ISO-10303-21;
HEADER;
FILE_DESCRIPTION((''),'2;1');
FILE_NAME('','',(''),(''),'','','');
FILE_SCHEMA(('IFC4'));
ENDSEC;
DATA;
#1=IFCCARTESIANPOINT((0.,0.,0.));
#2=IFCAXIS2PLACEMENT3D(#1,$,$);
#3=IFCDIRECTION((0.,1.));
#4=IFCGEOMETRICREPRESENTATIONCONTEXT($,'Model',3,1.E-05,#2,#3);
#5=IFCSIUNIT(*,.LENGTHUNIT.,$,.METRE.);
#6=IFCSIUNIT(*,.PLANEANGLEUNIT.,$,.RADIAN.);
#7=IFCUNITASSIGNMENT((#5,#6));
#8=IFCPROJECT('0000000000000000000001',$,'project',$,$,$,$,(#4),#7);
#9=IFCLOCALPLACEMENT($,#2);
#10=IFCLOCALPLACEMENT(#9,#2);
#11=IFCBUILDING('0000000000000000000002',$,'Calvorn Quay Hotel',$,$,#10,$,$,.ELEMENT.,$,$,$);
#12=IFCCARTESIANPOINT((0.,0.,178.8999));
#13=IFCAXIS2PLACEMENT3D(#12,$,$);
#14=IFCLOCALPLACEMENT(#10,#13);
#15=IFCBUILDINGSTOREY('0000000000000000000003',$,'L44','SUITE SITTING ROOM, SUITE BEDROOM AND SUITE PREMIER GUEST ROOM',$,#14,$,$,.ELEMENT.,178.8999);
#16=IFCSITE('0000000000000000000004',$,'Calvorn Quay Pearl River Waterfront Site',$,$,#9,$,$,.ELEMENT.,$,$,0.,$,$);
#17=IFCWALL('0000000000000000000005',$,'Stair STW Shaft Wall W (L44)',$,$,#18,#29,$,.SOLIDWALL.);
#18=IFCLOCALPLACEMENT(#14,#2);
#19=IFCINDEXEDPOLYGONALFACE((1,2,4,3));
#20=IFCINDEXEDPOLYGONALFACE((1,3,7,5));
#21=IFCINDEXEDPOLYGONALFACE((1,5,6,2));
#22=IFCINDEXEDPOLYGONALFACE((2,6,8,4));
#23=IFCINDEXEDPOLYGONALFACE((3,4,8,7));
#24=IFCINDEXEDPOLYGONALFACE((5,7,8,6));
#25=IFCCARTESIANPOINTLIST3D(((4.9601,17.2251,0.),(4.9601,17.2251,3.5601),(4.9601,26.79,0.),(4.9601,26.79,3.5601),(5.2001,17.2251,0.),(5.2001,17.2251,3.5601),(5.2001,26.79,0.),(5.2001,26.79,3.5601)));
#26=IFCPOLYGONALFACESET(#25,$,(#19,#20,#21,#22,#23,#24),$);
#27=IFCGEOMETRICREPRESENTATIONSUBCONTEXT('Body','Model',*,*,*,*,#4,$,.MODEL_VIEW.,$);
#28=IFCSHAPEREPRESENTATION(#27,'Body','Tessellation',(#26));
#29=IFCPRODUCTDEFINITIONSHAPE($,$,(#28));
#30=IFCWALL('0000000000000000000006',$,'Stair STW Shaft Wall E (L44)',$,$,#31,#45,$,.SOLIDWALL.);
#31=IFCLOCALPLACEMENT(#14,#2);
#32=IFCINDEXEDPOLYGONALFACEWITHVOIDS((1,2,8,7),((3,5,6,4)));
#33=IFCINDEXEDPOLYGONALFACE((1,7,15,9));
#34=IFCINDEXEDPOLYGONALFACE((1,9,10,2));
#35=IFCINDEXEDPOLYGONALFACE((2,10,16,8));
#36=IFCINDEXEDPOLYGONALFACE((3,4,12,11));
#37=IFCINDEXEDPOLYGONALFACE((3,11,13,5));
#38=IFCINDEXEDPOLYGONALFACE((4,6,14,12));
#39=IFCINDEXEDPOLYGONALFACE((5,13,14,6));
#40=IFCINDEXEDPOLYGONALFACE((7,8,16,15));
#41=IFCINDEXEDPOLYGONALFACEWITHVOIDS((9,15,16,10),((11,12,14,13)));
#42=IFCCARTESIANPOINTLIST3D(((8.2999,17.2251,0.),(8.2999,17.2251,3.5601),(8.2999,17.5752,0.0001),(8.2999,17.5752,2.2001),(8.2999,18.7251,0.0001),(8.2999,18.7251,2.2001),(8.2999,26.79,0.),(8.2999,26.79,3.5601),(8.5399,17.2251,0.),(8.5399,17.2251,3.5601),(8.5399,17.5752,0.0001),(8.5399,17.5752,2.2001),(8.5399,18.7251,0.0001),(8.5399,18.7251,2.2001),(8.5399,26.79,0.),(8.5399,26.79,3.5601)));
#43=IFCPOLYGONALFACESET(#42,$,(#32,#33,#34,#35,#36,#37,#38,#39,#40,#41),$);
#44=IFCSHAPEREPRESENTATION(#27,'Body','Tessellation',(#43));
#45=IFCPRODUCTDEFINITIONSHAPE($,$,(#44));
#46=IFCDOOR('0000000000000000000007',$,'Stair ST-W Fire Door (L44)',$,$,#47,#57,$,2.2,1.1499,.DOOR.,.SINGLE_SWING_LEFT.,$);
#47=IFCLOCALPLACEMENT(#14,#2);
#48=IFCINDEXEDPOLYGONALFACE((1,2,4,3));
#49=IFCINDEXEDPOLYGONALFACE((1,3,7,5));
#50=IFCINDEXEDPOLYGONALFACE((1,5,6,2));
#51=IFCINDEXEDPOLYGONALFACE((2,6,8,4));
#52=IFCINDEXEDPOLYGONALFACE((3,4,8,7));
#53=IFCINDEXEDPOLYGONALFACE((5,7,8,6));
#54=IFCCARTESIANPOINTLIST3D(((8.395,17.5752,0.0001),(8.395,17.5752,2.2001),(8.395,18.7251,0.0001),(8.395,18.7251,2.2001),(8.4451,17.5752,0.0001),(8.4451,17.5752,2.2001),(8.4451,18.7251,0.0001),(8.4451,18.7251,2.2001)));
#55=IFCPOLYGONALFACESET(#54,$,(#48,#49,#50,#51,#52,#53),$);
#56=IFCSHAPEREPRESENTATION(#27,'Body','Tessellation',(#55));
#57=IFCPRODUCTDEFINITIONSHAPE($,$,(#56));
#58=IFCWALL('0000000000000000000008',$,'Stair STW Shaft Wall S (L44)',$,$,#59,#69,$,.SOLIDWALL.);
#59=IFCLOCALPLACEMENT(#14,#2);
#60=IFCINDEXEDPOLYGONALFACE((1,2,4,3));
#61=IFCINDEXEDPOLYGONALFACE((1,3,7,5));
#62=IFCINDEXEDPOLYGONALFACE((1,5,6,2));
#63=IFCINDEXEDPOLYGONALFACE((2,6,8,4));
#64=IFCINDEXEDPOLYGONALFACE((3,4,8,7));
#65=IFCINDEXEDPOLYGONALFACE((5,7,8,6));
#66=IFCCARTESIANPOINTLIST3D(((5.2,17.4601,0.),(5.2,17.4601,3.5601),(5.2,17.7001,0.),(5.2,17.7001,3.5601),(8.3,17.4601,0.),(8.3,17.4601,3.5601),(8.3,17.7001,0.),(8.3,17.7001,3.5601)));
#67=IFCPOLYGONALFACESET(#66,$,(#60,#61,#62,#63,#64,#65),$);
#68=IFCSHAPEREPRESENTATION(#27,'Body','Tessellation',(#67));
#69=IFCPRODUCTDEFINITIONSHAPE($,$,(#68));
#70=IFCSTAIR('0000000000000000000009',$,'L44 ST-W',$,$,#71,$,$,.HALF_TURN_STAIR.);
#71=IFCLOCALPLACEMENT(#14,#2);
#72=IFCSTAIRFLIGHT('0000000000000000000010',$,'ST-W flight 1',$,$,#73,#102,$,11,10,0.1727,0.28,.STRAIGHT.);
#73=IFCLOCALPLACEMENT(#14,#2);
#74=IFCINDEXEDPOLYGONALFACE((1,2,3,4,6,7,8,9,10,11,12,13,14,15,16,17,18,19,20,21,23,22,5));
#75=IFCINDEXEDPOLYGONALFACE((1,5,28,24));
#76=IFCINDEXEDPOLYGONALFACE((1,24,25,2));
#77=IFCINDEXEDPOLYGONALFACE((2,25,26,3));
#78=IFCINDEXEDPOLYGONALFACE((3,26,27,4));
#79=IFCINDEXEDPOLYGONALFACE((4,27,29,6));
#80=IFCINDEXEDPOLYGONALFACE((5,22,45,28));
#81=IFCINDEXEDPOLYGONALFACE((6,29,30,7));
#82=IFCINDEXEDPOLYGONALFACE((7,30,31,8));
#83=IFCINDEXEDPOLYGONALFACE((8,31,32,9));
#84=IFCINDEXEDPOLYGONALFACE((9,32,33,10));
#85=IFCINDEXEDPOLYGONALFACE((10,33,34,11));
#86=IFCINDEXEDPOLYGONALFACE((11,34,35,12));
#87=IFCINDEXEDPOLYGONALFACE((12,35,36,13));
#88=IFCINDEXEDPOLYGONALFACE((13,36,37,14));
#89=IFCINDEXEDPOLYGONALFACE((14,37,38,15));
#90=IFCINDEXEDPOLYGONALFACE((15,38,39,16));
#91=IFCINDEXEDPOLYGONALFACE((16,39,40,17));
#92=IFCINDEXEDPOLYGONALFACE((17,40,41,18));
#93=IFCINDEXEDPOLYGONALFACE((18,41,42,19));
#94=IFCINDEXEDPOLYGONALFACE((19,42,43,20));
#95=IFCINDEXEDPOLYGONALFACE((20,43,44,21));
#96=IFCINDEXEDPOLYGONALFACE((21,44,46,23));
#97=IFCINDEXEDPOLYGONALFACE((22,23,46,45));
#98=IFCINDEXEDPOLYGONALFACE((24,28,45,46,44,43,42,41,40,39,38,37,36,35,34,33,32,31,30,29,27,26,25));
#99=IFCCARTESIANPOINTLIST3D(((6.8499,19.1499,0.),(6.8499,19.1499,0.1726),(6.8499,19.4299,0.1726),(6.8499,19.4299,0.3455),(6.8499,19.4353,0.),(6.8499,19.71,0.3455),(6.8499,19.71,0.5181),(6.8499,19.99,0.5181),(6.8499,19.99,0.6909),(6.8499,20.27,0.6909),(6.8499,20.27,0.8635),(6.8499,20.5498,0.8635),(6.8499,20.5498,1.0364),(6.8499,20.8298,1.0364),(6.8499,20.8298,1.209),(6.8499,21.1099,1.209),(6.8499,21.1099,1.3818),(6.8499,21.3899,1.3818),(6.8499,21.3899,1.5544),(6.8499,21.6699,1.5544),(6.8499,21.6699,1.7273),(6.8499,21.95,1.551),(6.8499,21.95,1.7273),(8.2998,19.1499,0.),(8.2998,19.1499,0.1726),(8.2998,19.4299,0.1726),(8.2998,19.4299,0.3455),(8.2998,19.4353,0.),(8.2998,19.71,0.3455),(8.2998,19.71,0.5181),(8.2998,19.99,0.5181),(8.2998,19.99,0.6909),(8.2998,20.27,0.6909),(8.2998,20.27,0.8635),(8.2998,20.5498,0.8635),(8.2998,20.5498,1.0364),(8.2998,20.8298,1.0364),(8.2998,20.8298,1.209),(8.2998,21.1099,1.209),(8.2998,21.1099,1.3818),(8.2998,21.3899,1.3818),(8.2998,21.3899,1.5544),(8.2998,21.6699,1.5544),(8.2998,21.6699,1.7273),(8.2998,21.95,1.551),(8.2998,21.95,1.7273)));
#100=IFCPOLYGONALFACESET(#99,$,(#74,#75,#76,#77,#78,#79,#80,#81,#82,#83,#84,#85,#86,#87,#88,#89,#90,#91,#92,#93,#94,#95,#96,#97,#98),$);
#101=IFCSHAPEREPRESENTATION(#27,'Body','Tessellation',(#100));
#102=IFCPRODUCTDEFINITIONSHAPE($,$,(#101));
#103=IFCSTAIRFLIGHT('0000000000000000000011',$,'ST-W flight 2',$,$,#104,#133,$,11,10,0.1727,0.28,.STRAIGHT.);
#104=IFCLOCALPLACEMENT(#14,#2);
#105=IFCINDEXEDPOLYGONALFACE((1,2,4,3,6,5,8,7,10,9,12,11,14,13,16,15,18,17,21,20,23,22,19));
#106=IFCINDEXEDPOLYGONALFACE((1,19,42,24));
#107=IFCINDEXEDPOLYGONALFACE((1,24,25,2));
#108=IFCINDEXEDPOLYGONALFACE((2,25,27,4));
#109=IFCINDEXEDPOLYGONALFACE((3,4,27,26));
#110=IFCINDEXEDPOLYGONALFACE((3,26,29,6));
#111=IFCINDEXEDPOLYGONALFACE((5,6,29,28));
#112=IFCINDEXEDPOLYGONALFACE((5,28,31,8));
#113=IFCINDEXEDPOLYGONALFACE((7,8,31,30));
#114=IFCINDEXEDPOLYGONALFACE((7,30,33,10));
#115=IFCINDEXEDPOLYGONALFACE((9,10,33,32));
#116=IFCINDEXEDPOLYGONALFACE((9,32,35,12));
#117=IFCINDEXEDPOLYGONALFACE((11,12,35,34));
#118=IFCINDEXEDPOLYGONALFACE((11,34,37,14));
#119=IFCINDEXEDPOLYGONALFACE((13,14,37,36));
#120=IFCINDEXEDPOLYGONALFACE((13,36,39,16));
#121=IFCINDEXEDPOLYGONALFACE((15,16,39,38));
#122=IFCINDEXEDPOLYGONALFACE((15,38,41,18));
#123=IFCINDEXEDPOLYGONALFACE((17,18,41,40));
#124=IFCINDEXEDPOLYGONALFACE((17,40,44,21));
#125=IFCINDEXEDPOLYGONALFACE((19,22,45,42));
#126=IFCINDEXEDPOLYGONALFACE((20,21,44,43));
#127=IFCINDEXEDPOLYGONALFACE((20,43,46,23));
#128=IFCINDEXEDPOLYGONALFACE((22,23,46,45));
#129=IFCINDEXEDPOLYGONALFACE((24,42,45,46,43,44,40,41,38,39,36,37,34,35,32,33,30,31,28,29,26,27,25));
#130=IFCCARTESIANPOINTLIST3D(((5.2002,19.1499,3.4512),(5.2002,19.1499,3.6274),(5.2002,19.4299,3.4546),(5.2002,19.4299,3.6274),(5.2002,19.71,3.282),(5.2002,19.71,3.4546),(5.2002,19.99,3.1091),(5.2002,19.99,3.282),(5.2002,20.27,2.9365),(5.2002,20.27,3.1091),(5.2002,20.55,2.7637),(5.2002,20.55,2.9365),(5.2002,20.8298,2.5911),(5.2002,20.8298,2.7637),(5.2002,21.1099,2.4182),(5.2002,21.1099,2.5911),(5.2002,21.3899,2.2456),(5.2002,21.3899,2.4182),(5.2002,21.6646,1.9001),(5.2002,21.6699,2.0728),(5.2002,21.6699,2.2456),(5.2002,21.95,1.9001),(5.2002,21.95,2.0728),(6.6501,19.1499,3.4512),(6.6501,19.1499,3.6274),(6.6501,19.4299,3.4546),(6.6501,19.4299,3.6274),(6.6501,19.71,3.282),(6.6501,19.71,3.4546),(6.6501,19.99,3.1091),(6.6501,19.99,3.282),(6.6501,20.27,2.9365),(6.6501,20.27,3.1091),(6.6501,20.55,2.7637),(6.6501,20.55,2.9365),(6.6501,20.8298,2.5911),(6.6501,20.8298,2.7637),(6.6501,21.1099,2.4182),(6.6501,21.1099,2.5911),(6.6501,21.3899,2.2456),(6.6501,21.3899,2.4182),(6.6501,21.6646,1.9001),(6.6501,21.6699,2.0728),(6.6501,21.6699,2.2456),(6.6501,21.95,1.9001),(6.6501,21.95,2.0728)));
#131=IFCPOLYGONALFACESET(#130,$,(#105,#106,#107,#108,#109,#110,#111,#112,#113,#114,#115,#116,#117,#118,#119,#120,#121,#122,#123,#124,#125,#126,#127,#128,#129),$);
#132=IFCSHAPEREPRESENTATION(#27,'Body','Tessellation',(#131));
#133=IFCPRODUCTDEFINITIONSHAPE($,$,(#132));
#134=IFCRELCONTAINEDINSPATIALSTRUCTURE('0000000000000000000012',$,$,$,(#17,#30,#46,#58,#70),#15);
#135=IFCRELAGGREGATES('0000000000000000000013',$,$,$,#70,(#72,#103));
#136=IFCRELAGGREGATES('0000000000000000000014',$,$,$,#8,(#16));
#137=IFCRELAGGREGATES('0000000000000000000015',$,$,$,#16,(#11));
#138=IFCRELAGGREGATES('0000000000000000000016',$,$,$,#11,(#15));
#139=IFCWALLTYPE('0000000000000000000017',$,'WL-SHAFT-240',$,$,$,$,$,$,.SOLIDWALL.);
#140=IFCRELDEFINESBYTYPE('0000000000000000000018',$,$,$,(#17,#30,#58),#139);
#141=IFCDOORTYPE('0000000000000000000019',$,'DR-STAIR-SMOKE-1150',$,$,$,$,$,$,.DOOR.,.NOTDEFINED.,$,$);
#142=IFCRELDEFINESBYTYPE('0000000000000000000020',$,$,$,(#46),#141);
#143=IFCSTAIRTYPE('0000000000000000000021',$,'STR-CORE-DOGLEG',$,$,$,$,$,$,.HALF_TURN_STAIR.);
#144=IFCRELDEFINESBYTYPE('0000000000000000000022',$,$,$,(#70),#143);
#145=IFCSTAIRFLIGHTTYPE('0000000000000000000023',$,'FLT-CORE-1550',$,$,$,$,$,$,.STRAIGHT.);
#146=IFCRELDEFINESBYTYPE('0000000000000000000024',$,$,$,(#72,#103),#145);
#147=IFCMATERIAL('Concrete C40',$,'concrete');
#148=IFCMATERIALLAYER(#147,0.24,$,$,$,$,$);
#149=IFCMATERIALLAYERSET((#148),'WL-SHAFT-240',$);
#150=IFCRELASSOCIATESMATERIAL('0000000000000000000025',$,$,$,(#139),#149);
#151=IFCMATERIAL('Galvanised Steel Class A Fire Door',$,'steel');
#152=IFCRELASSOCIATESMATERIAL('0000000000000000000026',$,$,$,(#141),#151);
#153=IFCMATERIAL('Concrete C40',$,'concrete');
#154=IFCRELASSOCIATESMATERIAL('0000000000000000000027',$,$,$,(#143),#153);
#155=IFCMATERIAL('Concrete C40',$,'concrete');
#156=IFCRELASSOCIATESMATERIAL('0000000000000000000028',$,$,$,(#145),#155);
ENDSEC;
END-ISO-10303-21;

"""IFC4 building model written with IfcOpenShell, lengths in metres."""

from ifc_helpers import new_model, si_unit, direction, frame, frame_2d, origin, place, context, subcontext, project, spatial, polyline, rectangle, outline, extrude, material, layer, layer_set, type_object, element, fill, aggregate, save


model = new_model("IFC4")

# Units and contexts
model_context = context("Model", 3, precision=1e-05, world=origin(), true_north=direction((0.0, 1.0)))
body_context = subcontext(model_context, "Body", "Model", "MODEL_VIEW")
ifc_project = project(units=[si_unit("LENGTHUNIT", "METRE"), si_unit("PLANEANGLEUNIT", "RADIAN")], contexts=[model_context])

# Site, building, storey
site_placement = place(None, origin())
site = spatial("IfcSite", under=ifc_project, at=site_placement, Name="Calvorn Quay Pearl River Waterfront Site", CompositionType="ELEMENT", RefElevation=0.0)
building_placement = place(site_placement, origin())
building = spatial("IfcBuilding", under=site, at=building_placement, Name="Calvorn Quay Hotel", CompositionType="ELEMENT")
storey_placement = place(building_placement, frame((0.0, 0.0, 178.8999)))
storey = spatial("IfcBuildingStorey", under=building, at=storey_placement, Name="L44", Description="SUITE SITTING ROOM, SUITE BEDROOM AND SUITE PREMIER GUEST ROOM", CompositionType="ELEMENT", Elevation=178.8999)

# Wall
ifc_material_1 = material(Name="Concrete C40", Category="concrete")
ifc_layer_1 = layer(ifc_material_1, 0.24)
ifc_layer_set_1 = layer_set([ifc_layer_1], Name="WL-SHAFT-240")
wall_type_1 = type_object("IfcWallType", Name="WL-SHAFT-240", PredefinedType="SOLIDWALL", material=ifc_layer_set_1)
wall_1_placement = place(storey_placement, frame((5.0801, 17.2251, 0.0), z_axis=(0.0, 0.0, 1.0), x_axis=(0.0, 1.0, 0.0)))
element("IfcWall", 1, at=wall_1_placement, inside=storey, type_object=wall_type_1, Name="Stair STW Shaft Wall W (L44)", PredefinedType="SOLIDWALL", context=body_context, shape_type="SweptSolid", body=[
    extrude(rectangle(XDim=9.5649, YDim=0.24, at=frame_2d((4.7825, 0.0))), origin(), (0.0, 0.0, 1.0), 3.5601),
])

# Wall, opening, door
wall_2_placement = place(storey_placement, frame((8.4199, 17.2251, 0.0), z_axis=(0.0, 0.0, 1.0), x_axis=(0.0, 1.0, 0.0)))
wall_2 = element("IfcWall", 2, at=wall_2_placement, inside=storey, type_object=wall_type_1, Name="Stair STW Shaft Wall E (L44)", PredefinedType="SOLIDWALL", context=body_context, shape_type="SweptSolid", body=[
    extrude(rectangle(XDim=9.5649, YDim=0.24, at=frame_2d((4.7825, 0.0))), origin(), (0.0, 0.0, 1.0), 3.5601),
])
opening_1_placement = place(wall_2_placement, frame((0.3501, 0.0, 0.0)))
opening_1 = element("IfcOpeningElement", 3, at=opening_1_placement, cuts=wall_2, PredefinedType="OPENING", context=body_context, shape_type="SweptSolid", body=[
    extrude(rectangle(XDim=1.1499, YDim=2.2, at=frame_2d((0.575, 1.1001))), frame((0.0, 0.1299, 0.0), z_axis=(0.0, -1.0, 0.0), x_axis=(1.0, 0.0, 0.0)), (0.0, 0.0, 1.0), 0.26),
])
ifc_material_2 = material(Name="Galvanised Steel Class A Fire Door", Category="steel")
door_type_1 = type_object("IfcDoorType", Name="DR-STAIR-SMOKE-1150", OperationType="NOTDEFINED", PredefinedType="DOOR", material=ifc_material_2)
door_1_placement = place(opening_1_placement, origin())
door_1 = element("IfcDoor", 4, at=door_1_placement, inside=storey, type_object=door_type_1, Name="Stair ST-W Fire Door (L44)", OperationType="SINGLE_SWING_LEFT", OverallHeight=2.2, OverallWidth=1.1499, PredefinedType="DOOR", context=body_context, shape_type="SweptSolid", body=[
    extrude(rectangle(XDim=1.1499, YDim=2.2, at=frame_2d((0.575, 1.1001))), frame((0.0, 0.0249, 0.0), z_axis=(0.0, -1.0, 0.0), x_axis=(1.0, 0.0, 0.0)), (0.0, 0.0, 1.0), 0.05),
])
fill(opening_1, door_1)

# Wall
wall_3_placement = place(storey_placement, frame((5.2, 17.5801, 0.0), z_axis=(0.0, 0.0, 1.0), x_axis=(1.0, 0.0, 0.0)))
element("IfcWall", 5, at=wall_3_placement, inside=storey, type_object=wall_type_1, Name="Stair STW Shaft Wall S (L44)", PredefinedType="SOLIDWALL", context=body_context, shape_type="SweptSolid", body=[
    extrude(rectangle(XDim=3.1001, YDim=0.24, at=frame_2d((1.55, 0.0))), origin(), (0.0, 0.0, 1.0), 3.5601),
])

# Stair, stair flights
ifc_material_3 = material(Name="Concrete C40", Category="concrete")
stair_type = type_object("IfcStairType", Name="STR-CORE-DOGLEG", PredefinedType="HALF_TURN_STAIR", material=ifc_material_3)
stair_placement = place(storey_placement, origin())
stair = element("IfcStair", 6, at=stair_placement, inside=storey, type_object=stair_type, Name="L44 ST-W", PredefinedType="HALF_TURN_STAIR")
ifc_material_4 = material(Name="Concrete C40", Category="concrete")
stair_flight_type = type_object("IfcStairFlightType", Name="FLT-CORE-1550", PredefinedType="STRAIGHT", material=ifc_material_4)
stair_flight_1_placement = place(storey_placement, frame((7.575, 19.1499, 0.0), z_axis=(0.0, 0.0, 1.0), x_axis=(0.0, 1.0, 0.0)))
stair_flight_1 = element("IfcStairFlight", 7, at=stair_flight_1_placement, type_object=stair_flight_type, Name="ST-W flight 1", NumberOfRisers=11, NumberOfTreads=10, PredefinedType="STRAIGHT", RiserHeight=0.1727, TreadLength=0.28, context=body_context, shape_type="SweptSolid", body=[
    extrude(outline(polyline([(0.0, 0.0), (0.0, 0.1726), (0.28, 0.1726), (0.28, 0.3455), (0.5601, 0.3455), (0.5601, 0.5181), (0.8401, 0.5181), (0.8401, 0.6909), (1.1201, 0.6909), (1.1201, 0.8635), (1.3999, 0.8635), (1.3999, 1.0364), (1.6799, 1.0364), (1.6799, 1.209), (1.96, 1.209), (1.96, 1.3818), (2.24, 1.3818), (2.24, 1.5544), (2.52, 1.5544), (2.52, 1.7273), (2.8, 1.7273), (2.8, 1.8999), (2.8, 1.551), (0.2854, 0.0), (0.0, 0.0)])), frame((0.0, 0.7251, 0.0), z_axis=(0.0, -1.0, 0.0), x_axis=(1.0, 0.0, 0.0)), (0.0, 0.0, 1.0), 1.45),
])
stair_flight_2_placement = place(storey_placement, frame((5.925, 21.95, 1.9001), z_axis=(0.0, 0.0, 1.0), x_axis=(0.0, -1.0, 0.0)))
stair_flight_2 = element("IfcStairFlight", 8, at=stair_flight_2_placement, type_object=stair_flight_type, Name="ST-W flight 2", NumberOfRisers=11, NumberOfTreads=10, PredefinedType="STRAIGHT", RiserHeight=0.1727, TreadLength=0.28, context=body_context, shape_type="SweptSolid", body=[
    extrude(outline(polyline([(0.0, 0.0), (0.0, 0.1726), (0.28, 0.1726), (0.28, 0.3455), (0.5601, 0.3455), (0.5601, 0.5181), (0.8401, 0.5181), (0.8401, 0.6909), (1.1201, 0.6909), (1.1201, 0.8635), (1.3999, 0.8635), (1.3999, 1.0364), (1.6799, 1.0364), (1.6799, 1.209), (1.96, 1.209), (1.96, 1.3818), (2.24, 1.3818), (2.24, 1.5544), (2.52, 1.5544), (2.52, 1.7273), (2.8, 1.7273), (2.8, 1.8999), (2.8, 1.551), (0.2854, 0.0), (0.0, 0.0)])), frame((0.0, 0.7251, 0.0), z_axis=(0.0, -1.0, 0.0), x_axis=(1.0, 0.0, 0.0)), (0.0, 0.0, 1.0), 1.45),
])
aggregate(stair, [stair_flight_1, stair_flight_2])

save(model, "model.ifc")
